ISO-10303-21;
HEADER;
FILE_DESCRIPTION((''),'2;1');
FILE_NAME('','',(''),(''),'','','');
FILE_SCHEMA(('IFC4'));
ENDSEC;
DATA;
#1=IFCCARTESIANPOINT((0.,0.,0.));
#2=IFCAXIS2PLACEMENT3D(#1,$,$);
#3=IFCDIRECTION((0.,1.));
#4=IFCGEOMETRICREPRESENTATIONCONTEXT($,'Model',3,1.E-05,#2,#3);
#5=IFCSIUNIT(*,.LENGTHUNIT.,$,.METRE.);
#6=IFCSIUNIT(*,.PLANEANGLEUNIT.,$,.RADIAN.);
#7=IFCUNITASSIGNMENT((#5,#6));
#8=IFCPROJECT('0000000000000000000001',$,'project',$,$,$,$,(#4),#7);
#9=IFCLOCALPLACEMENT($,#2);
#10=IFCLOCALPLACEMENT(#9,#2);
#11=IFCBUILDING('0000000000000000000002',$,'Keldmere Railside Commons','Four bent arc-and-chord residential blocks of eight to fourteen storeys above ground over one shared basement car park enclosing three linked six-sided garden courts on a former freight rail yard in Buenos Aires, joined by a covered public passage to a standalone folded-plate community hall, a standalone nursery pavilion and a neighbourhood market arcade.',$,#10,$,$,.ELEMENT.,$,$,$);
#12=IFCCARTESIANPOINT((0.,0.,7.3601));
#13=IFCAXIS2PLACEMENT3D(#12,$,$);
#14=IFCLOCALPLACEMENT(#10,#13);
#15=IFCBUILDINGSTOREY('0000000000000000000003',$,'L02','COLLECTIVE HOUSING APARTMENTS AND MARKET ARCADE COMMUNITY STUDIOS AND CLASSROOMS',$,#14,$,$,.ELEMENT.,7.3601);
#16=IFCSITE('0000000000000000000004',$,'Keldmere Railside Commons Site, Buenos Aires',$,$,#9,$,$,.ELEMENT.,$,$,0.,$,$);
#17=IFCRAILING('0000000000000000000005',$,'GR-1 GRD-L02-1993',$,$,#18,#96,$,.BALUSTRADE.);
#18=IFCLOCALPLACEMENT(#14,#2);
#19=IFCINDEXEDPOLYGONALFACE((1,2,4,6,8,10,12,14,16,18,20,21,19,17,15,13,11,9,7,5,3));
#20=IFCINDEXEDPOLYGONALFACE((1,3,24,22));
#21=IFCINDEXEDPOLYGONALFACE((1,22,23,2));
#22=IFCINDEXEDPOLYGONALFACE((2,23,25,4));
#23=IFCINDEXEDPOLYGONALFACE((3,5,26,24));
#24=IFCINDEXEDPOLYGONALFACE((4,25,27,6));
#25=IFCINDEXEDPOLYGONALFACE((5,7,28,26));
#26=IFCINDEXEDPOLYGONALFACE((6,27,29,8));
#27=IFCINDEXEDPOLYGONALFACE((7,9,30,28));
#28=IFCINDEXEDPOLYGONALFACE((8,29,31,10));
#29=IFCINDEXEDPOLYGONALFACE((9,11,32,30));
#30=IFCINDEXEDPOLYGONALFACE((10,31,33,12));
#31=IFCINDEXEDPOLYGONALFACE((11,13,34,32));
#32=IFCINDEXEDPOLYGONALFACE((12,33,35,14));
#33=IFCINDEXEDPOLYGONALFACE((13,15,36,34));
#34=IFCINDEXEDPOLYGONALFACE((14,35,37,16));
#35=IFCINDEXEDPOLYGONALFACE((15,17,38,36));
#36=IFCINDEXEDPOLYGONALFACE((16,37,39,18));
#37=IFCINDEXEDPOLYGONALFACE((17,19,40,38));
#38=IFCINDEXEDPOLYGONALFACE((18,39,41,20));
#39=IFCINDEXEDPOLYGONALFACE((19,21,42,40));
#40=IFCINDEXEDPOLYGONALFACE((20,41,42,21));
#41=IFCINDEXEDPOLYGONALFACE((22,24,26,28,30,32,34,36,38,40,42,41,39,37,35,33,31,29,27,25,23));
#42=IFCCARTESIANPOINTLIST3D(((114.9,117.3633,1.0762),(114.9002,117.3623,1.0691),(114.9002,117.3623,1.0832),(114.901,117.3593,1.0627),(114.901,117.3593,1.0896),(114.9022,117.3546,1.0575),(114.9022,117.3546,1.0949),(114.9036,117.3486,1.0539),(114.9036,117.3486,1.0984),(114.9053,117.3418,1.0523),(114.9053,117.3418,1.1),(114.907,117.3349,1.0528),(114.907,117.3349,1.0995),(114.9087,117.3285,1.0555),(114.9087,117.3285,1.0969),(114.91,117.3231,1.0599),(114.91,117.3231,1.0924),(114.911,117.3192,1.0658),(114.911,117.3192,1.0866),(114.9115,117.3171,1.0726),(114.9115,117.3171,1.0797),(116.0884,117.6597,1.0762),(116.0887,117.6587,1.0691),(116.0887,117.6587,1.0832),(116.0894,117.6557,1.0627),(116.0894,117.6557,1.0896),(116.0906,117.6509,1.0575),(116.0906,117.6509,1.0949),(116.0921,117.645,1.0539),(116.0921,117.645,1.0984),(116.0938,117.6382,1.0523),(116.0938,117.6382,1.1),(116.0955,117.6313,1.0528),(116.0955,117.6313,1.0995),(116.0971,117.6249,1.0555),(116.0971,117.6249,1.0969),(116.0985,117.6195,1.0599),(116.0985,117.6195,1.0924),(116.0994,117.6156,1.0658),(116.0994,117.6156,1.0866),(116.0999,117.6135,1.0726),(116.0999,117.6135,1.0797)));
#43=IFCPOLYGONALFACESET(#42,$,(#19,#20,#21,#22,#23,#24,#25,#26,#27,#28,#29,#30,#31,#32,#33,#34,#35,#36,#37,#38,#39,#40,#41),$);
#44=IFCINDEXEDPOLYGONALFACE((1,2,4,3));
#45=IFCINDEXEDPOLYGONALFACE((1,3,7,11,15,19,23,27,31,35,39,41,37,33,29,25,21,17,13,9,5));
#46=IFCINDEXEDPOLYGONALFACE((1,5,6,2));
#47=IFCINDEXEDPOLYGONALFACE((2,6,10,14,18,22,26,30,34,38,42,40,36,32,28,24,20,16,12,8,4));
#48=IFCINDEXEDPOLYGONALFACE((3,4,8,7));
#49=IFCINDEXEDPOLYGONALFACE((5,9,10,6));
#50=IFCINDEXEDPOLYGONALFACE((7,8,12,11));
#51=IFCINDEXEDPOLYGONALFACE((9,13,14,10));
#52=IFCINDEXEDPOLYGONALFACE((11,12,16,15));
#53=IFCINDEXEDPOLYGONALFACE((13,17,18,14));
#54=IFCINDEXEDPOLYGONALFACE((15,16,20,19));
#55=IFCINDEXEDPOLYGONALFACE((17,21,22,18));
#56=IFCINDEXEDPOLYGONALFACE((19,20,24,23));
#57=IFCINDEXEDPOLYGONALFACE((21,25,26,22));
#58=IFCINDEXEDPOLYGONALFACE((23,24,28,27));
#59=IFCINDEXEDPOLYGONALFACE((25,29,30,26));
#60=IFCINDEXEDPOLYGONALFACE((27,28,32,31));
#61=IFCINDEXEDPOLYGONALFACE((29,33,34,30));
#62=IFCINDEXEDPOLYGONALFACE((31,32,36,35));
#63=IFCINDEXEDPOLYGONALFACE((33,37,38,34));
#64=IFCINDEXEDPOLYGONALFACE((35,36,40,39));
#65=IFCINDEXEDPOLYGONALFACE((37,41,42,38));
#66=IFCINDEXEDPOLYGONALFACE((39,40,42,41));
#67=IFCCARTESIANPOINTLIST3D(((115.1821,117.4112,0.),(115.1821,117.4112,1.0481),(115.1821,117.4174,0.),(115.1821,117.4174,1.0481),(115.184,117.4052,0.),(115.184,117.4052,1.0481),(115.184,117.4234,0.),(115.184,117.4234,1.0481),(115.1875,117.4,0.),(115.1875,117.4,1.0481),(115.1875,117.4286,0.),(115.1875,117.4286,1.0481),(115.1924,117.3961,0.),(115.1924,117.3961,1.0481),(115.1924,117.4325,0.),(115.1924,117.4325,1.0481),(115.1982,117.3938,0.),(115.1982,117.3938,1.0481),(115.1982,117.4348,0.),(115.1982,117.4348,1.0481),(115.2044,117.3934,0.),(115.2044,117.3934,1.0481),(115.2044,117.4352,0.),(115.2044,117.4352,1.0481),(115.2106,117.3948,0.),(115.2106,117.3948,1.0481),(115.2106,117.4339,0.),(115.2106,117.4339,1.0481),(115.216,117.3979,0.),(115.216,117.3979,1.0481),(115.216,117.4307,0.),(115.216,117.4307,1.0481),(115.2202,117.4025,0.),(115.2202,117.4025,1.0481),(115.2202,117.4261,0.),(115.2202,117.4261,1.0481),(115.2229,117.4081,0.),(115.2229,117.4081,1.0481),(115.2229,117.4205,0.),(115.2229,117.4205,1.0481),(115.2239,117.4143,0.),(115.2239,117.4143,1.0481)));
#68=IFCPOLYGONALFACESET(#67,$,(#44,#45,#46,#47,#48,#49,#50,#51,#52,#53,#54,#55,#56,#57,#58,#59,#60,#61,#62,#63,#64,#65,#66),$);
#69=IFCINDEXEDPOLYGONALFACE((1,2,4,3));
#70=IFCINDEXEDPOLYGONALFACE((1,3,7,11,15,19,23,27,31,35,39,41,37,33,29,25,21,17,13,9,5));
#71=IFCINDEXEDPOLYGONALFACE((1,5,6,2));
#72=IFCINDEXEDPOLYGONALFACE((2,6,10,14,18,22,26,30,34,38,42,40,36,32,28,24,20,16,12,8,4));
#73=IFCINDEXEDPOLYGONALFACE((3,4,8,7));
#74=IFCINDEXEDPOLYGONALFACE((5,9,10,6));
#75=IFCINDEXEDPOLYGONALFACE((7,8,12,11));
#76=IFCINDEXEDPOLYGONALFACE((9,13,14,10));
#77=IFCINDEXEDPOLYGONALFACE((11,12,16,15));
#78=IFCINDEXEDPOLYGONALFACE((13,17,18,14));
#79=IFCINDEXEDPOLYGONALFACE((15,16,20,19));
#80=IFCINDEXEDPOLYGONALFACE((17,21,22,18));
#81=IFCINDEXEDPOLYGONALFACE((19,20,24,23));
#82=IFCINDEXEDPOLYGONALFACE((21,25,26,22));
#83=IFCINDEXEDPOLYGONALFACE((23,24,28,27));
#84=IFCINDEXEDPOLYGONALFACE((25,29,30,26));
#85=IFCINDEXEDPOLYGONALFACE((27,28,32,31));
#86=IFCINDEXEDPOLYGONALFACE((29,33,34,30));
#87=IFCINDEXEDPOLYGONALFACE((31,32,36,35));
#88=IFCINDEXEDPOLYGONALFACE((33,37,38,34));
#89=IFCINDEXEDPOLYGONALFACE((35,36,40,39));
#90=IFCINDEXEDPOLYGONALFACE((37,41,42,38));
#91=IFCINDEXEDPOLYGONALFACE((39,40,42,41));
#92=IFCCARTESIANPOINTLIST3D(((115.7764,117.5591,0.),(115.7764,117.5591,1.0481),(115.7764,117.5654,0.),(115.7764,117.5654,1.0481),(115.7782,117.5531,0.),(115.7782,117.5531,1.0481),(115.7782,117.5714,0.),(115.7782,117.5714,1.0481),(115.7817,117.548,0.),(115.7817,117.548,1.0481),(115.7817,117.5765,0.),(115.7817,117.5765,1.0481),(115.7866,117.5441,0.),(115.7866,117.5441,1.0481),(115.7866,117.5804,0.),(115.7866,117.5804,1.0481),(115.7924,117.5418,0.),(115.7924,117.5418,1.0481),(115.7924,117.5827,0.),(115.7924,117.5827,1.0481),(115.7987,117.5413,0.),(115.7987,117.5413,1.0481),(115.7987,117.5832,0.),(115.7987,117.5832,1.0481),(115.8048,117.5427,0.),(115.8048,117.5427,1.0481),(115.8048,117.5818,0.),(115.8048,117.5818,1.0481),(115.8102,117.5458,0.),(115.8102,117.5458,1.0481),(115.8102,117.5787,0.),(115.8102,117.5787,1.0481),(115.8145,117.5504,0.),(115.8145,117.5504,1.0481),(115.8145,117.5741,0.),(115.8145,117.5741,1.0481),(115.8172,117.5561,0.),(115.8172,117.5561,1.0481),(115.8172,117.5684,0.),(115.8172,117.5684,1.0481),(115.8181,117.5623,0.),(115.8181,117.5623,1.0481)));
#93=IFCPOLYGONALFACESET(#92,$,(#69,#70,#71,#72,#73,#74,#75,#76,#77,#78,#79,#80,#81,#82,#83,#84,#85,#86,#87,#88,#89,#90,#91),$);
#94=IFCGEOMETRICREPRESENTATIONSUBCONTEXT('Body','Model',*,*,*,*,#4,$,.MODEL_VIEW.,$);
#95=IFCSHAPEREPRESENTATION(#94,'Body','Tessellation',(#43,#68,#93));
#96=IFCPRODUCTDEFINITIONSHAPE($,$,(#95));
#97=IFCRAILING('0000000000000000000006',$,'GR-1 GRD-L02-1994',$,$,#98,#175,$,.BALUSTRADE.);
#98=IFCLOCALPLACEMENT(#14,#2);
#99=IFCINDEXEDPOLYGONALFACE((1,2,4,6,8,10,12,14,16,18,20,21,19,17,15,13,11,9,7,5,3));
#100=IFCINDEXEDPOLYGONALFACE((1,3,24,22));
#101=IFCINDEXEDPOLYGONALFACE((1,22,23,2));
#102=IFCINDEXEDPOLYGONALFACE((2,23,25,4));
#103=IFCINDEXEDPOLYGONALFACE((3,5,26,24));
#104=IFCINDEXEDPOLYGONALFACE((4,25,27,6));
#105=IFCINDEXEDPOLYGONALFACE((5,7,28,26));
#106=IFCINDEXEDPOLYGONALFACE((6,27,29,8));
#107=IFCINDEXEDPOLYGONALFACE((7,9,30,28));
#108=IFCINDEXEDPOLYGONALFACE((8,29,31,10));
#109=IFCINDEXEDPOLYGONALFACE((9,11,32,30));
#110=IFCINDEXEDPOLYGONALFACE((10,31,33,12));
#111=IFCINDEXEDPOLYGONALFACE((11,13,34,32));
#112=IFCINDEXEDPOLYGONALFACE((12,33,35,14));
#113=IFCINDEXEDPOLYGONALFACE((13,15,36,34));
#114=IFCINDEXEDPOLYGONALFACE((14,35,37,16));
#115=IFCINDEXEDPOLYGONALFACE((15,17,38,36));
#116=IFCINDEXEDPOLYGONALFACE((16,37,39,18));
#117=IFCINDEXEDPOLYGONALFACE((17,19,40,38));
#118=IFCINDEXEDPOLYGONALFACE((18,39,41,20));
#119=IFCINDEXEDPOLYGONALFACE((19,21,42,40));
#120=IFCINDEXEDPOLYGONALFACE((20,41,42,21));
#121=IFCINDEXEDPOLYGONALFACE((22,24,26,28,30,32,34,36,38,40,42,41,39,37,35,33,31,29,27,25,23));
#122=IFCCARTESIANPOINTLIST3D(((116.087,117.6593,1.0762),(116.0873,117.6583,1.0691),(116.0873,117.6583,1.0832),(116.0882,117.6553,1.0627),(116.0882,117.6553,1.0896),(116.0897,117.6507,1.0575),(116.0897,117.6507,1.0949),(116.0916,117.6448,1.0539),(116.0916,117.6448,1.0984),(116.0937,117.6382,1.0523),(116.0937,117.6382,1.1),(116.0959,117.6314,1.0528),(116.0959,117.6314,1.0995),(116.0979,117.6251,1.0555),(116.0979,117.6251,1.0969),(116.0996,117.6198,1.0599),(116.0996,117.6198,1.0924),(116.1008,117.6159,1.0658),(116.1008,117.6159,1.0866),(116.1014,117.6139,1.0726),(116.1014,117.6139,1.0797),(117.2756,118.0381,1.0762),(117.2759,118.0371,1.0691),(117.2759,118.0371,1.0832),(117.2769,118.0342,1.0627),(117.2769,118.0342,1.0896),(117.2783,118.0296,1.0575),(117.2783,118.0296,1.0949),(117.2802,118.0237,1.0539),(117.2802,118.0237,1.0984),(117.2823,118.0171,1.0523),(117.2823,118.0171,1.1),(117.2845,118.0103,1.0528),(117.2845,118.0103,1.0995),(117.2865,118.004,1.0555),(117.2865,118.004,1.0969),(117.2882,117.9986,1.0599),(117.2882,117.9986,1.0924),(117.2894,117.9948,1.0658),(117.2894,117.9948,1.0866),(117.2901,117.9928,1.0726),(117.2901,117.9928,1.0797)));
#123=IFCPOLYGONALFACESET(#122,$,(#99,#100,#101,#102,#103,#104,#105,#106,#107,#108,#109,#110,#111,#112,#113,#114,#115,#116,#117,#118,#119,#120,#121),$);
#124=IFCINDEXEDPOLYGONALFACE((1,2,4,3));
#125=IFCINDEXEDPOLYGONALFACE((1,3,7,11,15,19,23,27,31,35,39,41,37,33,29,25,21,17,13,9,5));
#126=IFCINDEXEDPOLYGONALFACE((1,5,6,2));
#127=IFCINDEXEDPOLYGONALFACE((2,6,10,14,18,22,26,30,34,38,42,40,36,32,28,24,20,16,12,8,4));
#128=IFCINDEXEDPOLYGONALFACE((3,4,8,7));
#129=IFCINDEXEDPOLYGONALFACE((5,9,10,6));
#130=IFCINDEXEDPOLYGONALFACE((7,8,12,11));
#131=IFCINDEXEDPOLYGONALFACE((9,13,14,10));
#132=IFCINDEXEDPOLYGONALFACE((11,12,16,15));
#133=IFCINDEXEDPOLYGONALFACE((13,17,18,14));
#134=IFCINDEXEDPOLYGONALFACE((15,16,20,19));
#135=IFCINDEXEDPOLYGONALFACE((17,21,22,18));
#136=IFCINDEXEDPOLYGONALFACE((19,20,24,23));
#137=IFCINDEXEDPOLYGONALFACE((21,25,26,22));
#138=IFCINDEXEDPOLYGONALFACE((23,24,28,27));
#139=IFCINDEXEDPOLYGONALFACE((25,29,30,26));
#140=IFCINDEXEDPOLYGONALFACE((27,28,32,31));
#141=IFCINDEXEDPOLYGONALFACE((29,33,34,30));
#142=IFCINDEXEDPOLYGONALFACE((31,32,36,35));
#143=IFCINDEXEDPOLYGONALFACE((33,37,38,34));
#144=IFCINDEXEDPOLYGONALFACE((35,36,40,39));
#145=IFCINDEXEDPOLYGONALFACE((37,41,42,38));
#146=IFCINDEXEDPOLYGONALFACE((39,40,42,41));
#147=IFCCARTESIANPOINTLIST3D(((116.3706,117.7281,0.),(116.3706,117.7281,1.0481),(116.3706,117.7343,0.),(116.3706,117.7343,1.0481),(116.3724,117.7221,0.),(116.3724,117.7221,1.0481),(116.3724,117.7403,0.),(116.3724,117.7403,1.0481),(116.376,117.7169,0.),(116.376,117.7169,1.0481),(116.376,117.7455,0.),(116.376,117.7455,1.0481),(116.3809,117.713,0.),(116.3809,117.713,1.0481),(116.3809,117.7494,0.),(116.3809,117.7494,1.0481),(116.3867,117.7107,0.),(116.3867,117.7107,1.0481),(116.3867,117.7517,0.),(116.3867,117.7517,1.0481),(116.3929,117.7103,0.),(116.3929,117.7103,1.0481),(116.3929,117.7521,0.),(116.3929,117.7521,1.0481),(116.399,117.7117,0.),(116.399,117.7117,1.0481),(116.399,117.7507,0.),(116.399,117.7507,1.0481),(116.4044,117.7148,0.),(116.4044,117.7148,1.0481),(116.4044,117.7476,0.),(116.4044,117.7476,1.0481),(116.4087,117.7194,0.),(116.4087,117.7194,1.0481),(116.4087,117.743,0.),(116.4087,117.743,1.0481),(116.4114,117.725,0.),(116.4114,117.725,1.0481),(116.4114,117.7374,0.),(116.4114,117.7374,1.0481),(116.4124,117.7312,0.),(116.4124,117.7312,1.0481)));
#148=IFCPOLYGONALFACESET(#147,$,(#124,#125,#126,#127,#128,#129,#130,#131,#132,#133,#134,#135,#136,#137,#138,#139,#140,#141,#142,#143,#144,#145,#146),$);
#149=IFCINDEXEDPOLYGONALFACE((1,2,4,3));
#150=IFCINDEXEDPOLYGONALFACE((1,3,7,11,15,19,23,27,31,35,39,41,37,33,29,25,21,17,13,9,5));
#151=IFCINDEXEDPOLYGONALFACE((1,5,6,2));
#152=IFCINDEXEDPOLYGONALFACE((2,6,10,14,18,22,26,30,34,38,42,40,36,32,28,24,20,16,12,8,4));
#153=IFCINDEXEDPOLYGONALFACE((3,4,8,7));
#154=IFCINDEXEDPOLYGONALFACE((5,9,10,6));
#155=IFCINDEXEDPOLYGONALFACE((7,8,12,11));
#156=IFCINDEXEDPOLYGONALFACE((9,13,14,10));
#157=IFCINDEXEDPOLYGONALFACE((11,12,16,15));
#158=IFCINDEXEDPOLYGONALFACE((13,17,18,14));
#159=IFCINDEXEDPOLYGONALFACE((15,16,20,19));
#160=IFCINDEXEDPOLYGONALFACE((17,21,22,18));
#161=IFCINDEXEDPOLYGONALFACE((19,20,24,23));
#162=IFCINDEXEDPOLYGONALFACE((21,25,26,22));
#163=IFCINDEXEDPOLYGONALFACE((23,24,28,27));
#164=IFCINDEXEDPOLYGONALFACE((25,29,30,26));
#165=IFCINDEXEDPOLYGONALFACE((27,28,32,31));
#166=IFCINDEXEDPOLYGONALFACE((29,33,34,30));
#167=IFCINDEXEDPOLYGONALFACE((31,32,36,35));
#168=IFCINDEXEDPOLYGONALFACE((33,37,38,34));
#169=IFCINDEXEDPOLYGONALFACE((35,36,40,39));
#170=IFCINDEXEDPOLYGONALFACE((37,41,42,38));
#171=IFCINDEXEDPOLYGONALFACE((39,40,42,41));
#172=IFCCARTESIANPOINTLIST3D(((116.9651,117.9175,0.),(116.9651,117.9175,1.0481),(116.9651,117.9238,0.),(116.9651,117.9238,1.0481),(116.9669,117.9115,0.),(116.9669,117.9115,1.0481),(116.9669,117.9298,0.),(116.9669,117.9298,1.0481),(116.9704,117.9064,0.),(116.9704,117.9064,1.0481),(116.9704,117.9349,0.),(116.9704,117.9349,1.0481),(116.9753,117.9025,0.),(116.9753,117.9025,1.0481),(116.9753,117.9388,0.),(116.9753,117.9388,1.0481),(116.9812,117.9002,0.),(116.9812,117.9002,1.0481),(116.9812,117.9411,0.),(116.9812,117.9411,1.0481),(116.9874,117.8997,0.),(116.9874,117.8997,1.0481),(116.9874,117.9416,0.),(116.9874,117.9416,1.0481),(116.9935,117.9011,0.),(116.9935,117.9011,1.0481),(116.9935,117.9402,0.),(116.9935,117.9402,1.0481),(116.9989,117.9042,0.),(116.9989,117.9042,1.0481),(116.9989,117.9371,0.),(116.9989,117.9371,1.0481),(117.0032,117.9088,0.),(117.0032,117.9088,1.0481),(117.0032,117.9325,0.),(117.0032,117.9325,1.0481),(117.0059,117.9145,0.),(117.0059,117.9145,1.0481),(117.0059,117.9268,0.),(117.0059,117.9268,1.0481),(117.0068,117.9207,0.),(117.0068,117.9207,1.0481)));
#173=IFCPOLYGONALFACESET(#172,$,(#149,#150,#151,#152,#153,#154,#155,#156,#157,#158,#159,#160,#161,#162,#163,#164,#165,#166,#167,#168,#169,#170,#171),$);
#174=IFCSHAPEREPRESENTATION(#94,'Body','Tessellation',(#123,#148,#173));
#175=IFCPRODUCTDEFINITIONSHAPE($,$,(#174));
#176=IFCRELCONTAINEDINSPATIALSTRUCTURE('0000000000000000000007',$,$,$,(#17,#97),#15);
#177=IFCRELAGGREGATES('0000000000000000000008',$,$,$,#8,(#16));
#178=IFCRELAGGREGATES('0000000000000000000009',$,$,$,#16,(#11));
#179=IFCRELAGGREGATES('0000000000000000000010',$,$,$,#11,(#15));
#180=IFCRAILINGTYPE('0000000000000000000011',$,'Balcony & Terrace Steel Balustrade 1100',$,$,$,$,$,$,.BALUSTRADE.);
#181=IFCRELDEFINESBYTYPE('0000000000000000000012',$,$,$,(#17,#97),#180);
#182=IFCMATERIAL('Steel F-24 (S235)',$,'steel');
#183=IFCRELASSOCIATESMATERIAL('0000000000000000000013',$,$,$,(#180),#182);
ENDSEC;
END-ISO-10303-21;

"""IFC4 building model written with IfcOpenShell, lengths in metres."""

from ifc_helpers import new_model, si_unit, direction, frame, origin, origin_2d, place, context, subcontext, project, spatial, circle, extrude, material, type_object, element, save


model = new_model("IFC4")

# Units and contexts
model_context = context("Model", 3, precision=1e-05, world=origin(), true_north=direction((0.0, 1.0)))
body_context = subcontext(model_context, "Body", "Model", "MODEL_VIEW")
ifc_project = project(units=[si_unit("LENGTHUNIT", "METRE"), si_unit("PLANEANGLEUNIT", "RADIAN")], contexts=[model_context])

# Site, building, storey
site_placement = place(None, origin())
site = spatial("IfcSite", under=ifc_project, at=site_placement, Name="Keldmere Railside Commons Site, Buenos Aires", CompositionType="ELEMENT", RefElevation=0.0)
building_placement = place(site_placement, origin())
building = spatial("IfcBuilding", under=site, at=building_placement, Name="Keldmere Railside Commons", Description="Four bent arc-and-chord residential blocks of eight to fourteen storeys above ground over one shared basement car park enclosing three linked six-sided garden courts on a former freight rail yard in Buenos Aires, joined by a covered public passage to a standalone folded-plate community hall, a standalone nursery pavilion and a neighbourhood market arcade.", CompositionType="ELEMENT")
storey_placement = place(building_placement, frame((0.0, 0.0, 7.3601)))
storey = spatial("IfcBuildingStorey", under=building, at=storey_placement, Name="L02", Description="COLLECTIVE HOUSING APARTMENTS AND MARKET ARCADE COMMUNITY STUDIOS AND CLASSROOMS", CompositionType="ELEMENT", Elevation=7.3601)

# Railings
ifc_material_1 = material(Name="Steel F-24 (S235)", Category="steel")
railing_type = type_object("IfcRailingType", Name="Balcony & Terrace Steel Balustrade 1100", PredefinedType="BALUSTRADE", material=ifc_material_1)
railing_1_placement = place(storey_placement, frame((114.9058, 117.3401, 0.0)))
element("IfcRailing", 1, at=railing_1_placement, inside=storey, type_object=railing_type, Name="GR-1 GRD-L02-1993", PredefinedType="BALUSTRADE", context=body_context, shape_type="SweptSolid", body=[
    extrude(circle(Radius=0.0239, at=origin_2d()), frame((0.0, 0.0, 1.0762), z_axis=(0.970283, 0.241973, 0.0), x_axis=(-0.241973, 0.970283, 0.0)), (0.0, 0.0, 1.0), 1.2249),
    extrude(circle(Radius=0.021, at=origin_2d()), frame((0.2971, 0.0742, 0.0)), (0.0, 0.0, 1.0), 1.0481),
    extrude(circle(Radius=0.021, at=origin_2d()), frame((0.8914, 0.2222, 0.0)), (0.0, 0.0, 1.0), 1.0481),
])
railing_2_placement = place(storey_placement, frame((116.0942, 117.6365, 0.0)))
element("IfcRailing", 2, at=railing_2_placement, inside=storey, type_object=railing_type, Name="GR-1 GRD-L02-1994", PredefinedType="BALUSTRADE", context=body_context, shape_type="SweptSolid", body=[
    extrude(circle(Radius=0.0239, at=origin_2d()), frame((0.0, 0.0, 1.0762), z_axis=(0.952769, 0.303696, 0.0), x_axis=(-0.303696, 0.952769, 0.0)), (0.0, 0.0, 1.0), 1.2476),
    extrude(circle(Radius=0.021, at=origin_2d()), frame((0.2971, 0.0947, 0.0)), (0.0, 0.0, 1.0), 1.0481),
    extrude(circle(Radius=0.021, at=origin_2d()), frame((0.8916, 0.2842, 0.0)), (0.0, 0.0, 1.0), 1.0481),
])

save(model, "model.ifc")
